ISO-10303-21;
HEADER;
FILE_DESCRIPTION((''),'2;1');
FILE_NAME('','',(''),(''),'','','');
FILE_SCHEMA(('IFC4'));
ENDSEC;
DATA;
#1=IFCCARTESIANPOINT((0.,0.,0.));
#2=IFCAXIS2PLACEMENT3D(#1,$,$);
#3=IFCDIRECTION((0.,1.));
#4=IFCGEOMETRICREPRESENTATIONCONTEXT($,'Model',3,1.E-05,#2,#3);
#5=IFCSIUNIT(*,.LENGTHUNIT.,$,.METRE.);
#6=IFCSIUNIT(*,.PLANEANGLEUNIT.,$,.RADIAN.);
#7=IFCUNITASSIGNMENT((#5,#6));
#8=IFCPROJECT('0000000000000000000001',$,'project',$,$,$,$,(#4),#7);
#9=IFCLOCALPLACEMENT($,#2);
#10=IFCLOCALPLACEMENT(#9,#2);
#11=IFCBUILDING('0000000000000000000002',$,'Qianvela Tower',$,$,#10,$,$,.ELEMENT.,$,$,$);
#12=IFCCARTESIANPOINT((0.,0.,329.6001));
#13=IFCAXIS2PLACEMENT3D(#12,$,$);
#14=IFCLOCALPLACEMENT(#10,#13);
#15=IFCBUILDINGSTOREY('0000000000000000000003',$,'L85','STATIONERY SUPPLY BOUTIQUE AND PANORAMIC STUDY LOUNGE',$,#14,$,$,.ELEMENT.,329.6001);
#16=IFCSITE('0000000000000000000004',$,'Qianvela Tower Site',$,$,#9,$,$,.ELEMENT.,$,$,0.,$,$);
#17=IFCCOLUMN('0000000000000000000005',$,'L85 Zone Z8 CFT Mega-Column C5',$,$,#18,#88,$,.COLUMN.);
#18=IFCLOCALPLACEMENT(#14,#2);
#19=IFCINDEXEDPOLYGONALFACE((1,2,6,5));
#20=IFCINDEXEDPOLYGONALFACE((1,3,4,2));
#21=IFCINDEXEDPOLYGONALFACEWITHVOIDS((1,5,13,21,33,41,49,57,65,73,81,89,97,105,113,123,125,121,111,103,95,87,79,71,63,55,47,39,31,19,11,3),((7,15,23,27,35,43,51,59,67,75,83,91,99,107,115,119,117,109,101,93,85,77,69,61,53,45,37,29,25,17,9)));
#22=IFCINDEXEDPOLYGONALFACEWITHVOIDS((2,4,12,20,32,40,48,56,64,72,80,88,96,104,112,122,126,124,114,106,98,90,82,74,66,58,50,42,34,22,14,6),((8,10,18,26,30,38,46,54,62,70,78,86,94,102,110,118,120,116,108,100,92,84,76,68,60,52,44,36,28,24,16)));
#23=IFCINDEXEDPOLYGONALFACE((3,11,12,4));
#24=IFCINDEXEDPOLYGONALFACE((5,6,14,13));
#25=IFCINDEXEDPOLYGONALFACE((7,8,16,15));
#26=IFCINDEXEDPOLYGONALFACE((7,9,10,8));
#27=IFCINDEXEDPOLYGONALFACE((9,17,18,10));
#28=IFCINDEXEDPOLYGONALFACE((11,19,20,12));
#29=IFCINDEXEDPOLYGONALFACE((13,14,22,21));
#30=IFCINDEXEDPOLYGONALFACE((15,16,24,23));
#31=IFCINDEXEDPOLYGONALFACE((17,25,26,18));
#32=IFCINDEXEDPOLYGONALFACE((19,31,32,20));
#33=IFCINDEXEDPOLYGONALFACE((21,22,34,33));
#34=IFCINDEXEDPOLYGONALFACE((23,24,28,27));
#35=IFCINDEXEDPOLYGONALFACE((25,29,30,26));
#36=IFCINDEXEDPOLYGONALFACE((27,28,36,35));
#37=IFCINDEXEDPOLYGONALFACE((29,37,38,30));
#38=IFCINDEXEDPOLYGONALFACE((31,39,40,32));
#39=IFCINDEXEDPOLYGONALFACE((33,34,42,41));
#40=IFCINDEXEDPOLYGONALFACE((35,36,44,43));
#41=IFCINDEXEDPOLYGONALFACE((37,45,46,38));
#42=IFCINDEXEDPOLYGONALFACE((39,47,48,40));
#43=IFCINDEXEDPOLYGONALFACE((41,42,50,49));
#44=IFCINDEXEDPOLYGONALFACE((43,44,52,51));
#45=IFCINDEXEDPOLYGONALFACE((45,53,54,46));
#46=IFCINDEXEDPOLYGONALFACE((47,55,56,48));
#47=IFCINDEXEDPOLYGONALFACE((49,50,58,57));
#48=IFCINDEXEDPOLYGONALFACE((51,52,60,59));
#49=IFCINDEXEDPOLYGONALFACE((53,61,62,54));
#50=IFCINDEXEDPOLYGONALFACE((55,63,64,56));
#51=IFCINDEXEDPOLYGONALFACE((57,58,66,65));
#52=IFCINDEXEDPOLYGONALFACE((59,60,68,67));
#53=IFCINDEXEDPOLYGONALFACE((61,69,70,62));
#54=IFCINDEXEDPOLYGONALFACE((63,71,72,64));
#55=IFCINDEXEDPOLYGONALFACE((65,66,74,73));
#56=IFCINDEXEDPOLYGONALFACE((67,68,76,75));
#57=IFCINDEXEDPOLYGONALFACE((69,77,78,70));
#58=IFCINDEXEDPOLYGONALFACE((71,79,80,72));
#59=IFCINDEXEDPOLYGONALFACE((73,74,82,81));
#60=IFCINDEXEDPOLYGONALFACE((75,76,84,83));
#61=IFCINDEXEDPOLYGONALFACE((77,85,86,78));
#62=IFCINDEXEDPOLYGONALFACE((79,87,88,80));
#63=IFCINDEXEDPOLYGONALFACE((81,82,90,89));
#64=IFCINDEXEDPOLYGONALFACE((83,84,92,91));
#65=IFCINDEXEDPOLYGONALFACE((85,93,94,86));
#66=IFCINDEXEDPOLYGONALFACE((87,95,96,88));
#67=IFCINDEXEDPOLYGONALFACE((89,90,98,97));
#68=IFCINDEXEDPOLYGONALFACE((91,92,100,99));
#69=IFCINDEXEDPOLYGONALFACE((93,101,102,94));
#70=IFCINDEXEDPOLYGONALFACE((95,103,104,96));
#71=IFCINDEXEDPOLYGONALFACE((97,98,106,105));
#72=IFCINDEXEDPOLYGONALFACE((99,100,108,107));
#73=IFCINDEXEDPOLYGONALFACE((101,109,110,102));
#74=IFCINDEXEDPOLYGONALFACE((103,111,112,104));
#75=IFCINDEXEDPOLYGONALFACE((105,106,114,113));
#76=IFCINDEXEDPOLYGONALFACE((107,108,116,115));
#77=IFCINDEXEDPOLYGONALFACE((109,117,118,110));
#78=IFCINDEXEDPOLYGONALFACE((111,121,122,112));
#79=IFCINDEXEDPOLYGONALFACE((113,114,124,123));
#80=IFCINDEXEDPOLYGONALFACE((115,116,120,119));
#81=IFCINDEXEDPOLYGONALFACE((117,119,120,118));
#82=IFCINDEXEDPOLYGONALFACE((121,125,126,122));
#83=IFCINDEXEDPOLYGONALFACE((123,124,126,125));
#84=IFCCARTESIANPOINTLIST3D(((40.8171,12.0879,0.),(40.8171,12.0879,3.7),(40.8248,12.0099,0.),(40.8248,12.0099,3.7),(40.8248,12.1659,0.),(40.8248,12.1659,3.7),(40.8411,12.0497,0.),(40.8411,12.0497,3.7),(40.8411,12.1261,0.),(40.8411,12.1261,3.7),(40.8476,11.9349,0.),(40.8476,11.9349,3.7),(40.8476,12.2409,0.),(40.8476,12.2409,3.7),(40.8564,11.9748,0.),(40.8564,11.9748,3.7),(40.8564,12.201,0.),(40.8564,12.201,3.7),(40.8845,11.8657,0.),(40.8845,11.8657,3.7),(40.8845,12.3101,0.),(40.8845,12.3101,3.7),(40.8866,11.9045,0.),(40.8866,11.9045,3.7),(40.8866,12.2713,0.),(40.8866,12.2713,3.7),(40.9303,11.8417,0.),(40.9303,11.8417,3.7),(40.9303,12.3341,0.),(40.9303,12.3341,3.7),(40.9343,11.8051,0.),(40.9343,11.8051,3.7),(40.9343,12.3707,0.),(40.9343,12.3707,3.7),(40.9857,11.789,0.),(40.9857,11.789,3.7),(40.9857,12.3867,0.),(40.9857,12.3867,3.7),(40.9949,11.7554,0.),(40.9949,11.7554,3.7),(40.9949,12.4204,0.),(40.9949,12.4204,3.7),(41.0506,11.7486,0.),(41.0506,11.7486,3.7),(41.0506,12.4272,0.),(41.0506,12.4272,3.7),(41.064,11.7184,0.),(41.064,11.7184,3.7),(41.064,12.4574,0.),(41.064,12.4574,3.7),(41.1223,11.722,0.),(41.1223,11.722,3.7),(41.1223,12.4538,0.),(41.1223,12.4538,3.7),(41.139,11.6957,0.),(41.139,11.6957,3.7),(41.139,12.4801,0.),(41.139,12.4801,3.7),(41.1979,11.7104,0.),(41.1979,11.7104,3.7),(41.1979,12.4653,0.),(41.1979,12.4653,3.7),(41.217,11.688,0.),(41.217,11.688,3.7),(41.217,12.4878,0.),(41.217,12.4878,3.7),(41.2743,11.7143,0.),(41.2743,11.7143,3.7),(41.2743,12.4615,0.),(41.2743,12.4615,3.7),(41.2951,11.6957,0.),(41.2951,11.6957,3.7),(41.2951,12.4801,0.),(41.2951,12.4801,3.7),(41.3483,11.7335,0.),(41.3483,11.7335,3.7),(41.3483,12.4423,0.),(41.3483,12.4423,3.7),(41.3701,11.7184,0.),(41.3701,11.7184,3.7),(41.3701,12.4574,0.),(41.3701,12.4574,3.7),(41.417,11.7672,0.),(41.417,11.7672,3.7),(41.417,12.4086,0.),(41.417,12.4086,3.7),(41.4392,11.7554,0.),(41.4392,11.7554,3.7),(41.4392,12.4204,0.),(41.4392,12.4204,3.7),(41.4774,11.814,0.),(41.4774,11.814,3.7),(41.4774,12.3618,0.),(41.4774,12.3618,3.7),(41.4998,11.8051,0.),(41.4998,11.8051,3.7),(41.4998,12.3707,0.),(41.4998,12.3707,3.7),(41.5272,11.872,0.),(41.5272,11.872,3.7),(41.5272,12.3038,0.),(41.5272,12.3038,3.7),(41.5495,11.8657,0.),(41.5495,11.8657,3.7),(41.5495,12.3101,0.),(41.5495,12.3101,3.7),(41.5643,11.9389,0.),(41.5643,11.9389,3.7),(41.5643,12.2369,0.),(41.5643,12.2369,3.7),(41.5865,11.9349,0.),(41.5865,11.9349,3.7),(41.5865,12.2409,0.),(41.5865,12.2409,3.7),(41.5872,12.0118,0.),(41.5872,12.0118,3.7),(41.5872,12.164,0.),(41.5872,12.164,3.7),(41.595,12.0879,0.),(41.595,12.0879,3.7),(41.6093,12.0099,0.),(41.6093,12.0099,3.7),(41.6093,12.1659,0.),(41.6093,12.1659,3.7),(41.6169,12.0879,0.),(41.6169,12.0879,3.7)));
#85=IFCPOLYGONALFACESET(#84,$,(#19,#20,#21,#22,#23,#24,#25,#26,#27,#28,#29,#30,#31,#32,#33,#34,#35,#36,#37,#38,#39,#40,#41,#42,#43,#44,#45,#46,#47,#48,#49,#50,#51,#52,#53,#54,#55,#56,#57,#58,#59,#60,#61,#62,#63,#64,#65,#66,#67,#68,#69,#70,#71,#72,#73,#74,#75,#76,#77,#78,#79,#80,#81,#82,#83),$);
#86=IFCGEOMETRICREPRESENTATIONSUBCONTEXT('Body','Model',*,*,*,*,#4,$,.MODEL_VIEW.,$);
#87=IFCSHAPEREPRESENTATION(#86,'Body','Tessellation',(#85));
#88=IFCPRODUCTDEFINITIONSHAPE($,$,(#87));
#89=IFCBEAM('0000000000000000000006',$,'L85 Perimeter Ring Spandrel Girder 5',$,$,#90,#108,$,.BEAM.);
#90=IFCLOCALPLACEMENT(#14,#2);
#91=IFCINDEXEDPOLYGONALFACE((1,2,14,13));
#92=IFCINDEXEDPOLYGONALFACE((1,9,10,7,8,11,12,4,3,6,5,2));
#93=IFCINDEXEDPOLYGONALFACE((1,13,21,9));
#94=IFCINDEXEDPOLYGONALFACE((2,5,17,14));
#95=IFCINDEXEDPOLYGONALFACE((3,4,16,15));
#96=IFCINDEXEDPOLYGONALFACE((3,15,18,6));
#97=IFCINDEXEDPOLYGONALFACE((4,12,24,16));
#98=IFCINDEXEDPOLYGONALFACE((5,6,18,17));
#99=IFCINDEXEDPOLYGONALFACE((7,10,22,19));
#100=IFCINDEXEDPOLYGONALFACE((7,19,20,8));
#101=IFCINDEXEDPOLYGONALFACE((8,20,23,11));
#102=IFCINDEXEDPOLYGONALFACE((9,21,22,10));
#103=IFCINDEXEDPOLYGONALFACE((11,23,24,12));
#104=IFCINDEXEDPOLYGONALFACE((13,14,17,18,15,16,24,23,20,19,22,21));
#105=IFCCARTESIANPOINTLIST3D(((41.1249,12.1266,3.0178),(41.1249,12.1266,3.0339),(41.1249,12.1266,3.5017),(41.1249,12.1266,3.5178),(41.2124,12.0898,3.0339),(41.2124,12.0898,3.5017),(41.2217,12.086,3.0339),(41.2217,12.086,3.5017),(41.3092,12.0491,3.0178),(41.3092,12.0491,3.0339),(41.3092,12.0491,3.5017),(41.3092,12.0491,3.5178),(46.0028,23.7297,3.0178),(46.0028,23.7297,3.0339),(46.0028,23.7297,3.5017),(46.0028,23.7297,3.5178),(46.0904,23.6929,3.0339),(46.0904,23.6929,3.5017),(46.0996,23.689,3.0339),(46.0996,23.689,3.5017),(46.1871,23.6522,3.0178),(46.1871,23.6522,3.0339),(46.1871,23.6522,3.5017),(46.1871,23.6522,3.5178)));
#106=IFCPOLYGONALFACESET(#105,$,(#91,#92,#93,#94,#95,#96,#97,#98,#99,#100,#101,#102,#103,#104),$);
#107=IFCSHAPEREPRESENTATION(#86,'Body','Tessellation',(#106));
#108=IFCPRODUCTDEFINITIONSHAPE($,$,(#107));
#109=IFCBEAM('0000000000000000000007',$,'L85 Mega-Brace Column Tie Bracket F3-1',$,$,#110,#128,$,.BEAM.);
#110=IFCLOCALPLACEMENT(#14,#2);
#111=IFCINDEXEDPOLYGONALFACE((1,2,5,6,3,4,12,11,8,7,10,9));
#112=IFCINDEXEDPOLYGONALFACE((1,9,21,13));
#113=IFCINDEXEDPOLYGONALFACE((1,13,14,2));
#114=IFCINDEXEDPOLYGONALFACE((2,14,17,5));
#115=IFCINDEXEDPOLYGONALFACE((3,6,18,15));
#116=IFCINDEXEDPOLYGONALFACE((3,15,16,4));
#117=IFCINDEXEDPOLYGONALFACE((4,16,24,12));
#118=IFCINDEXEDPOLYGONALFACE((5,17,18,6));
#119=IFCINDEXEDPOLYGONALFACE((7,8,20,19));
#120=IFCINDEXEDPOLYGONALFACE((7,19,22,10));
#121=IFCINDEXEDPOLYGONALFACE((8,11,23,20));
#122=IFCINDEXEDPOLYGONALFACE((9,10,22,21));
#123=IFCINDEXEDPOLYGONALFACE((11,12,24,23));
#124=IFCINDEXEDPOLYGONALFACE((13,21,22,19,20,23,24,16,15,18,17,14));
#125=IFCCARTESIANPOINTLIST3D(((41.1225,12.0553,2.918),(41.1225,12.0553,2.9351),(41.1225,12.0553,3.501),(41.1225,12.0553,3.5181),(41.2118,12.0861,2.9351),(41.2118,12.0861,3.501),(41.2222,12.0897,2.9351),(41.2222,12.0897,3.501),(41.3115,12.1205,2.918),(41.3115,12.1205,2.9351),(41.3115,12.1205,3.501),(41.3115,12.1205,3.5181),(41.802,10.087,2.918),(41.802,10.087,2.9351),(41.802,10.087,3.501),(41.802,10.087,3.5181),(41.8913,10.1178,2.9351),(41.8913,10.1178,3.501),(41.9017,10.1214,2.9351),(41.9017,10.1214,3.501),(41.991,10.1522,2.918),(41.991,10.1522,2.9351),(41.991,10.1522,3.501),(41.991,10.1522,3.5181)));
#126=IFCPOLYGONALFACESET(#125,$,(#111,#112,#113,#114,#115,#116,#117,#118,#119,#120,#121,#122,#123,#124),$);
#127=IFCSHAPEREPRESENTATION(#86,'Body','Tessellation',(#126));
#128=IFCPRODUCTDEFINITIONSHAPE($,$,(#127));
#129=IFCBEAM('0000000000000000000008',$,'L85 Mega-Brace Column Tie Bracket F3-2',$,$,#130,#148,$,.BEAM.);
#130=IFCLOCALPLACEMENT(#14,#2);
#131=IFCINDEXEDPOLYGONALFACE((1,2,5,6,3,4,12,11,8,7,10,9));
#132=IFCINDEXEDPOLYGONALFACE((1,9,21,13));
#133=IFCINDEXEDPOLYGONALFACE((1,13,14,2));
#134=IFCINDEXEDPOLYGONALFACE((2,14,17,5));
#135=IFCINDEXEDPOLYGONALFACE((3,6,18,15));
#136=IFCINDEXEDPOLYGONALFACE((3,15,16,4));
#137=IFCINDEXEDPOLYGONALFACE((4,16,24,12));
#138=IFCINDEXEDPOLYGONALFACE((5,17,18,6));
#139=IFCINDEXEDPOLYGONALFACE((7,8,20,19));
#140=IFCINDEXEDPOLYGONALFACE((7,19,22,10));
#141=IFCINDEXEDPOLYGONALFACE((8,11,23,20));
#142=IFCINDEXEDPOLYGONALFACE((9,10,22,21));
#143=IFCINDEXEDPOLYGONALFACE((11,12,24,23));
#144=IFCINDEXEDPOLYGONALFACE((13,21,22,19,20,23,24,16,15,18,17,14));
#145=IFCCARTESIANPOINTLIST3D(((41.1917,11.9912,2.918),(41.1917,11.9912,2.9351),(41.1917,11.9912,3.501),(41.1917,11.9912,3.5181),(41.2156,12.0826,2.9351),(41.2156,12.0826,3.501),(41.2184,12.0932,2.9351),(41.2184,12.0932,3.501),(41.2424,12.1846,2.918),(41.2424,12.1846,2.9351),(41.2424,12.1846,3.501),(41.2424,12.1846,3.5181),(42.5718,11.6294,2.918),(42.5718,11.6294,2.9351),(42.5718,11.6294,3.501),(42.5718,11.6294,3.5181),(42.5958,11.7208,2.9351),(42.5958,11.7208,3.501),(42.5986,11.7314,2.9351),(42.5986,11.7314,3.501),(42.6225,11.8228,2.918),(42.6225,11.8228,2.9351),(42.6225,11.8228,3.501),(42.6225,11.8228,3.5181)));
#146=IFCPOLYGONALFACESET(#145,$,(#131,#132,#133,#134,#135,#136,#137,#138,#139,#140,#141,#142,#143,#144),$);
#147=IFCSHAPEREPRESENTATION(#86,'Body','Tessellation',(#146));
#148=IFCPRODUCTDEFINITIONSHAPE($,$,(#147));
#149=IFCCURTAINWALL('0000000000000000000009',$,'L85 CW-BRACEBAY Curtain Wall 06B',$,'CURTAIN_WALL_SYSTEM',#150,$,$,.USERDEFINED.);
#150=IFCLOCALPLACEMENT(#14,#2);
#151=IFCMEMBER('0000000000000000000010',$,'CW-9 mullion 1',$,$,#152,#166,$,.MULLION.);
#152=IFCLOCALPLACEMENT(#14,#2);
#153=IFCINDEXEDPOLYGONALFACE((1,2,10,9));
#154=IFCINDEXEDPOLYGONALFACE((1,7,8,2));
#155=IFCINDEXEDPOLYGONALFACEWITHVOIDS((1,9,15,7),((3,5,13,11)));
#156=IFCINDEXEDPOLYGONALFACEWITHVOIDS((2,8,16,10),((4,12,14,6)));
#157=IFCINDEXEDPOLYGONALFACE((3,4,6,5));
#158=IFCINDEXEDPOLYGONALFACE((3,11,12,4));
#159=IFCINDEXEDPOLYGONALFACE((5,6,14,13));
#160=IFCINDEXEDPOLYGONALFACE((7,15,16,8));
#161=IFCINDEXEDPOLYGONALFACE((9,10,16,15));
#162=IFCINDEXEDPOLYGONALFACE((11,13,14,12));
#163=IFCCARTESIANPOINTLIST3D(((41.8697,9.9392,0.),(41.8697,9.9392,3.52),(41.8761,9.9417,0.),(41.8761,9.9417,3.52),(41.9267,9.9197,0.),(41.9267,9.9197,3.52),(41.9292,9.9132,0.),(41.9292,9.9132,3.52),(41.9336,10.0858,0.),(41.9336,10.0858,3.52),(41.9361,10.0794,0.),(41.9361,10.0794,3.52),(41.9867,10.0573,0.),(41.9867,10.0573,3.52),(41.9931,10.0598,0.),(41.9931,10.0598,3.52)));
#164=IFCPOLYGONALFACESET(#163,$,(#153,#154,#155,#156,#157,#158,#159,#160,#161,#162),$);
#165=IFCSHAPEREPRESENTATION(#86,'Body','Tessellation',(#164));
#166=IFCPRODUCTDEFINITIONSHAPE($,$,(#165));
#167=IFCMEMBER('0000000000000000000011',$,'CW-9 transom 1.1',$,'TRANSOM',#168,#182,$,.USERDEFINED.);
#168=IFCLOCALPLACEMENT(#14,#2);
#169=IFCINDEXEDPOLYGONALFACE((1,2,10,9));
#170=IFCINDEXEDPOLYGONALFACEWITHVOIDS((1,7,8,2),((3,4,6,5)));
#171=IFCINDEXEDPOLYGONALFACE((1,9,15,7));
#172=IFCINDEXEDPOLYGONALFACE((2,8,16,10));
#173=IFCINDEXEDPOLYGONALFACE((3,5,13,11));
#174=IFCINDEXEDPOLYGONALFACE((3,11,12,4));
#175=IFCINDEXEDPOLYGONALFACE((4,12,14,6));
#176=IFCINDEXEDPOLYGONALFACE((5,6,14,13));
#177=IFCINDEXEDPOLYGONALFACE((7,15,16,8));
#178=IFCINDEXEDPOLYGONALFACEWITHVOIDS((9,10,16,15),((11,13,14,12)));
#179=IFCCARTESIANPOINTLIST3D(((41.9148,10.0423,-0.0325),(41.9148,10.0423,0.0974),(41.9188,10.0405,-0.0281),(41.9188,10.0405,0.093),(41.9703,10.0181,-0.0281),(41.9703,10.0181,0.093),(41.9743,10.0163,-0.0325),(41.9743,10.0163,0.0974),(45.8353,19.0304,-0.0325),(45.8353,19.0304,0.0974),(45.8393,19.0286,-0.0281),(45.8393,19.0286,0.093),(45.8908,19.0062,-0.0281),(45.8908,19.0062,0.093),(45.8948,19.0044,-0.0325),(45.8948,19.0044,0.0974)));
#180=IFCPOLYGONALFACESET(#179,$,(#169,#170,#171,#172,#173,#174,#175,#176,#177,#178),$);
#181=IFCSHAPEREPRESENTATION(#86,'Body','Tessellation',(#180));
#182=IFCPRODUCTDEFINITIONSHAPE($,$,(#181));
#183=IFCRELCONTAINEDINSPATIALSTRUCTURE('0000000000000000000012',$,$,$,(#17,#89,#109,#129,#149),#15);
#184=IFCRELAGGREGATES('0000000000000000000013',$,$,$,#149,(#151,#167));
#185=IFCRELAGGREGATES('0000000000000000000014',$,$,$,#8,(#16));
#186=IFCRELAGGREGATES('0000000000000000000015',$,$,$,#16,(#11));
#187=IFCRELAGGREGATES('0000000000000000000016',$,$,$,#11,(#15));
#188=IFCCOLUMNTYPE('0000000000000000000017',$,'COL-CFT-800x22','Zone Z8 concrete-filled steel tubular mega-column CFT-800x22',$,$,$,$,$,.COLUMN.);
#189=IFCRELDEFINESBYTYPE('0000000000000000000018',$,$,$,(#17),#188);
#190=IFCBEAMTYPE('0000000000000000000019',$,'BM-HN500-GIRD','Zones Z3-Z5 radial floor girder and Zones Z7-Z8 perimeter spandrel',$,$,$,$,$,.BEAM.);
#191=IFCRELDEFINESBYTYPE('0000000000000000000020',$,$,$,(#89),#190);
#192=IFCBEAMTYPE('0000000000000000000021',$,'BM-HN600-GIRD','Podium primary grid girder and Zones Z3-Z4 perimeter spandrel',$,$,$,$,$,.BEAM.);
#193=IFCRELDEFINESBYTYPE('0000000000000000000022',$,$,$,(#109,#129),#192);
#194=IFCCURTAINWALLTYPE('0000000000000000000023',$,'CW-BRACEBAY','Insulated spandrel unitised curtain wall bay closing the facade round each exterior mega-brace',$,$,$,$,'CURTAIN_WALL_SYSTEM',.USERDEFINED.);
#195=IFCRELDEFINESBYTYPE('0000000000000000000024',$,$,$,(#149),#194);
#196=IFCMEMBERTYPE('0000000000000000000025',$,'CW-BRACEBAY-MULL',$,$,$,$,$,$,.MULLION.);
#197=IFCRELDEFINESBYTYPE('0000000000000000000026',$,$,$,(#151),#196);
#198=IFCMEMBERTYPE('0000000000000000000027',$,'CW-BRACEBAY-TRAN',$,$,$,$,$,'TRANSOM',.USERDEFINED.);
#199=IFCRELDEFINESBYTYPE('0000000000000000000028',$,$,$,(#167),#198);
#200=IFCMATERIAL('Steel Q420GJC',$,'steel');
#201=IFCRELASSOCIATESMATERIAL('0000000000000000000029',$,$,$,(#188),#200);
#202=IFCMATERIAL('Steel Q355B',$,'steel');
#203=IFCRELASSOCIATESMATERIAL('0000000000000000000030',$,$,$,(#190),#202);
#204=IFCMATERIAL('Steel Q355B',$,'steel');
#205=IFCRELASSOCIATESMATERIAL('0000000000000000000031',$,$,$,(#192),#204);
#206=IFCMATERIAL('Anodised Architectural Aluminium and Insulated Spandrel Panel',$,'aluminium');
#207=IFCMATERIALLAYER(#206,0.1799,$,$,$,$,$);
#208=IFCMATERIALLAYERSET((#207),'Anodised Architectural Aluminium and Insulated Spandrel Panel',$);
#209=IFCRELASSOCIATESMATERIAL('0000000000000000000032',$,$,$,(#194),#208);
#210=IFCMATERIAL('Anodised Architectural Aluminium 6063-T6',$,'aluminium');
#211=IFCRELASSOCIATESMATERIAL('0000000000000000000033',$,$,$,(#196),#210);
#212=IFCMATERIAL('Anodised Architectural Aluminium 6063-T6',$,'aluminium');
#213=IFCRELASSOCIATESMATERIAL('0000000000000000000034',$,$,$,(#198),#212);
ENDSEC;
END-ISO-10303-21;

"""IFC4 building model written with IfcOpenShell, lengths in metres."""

from ifc_helpers import new_model, si_unit, direction, frame, origin, origin_2d, place, context, subcontext, project, spatial, hollow_rectangle, hollow_circle, i_section, extrude, material, layer, layer_set, material_profile, profile_set, type_object, element, aggregate, save


model = new_model("IFC4")

# Units and contexts
model_context = context("Model", 3, precision=1e-05, world=origin(), true_north=direction((0.0, 1.0)))
body_context = subcontext(model_context, "Body", "Model", "MODEL_VIEW")
ifc_project = project(units=[si_unit("LENGTHUNIT", "METRE"), si_unit("PLANEANGLEUNIT", "RADIAN")], contexts=[model_context])

# Site, building, storey
site_placement = place(None, origin())
site = spatial("IfcSite", under=ifc_project, at=site_placement, Name="Qianvela Tower Site", CompositionType="ELEMENT", RefElevation=0.0)
building_placement = place(site_placement, origin())
building = spatial("IfcBuilding", under=site, at=building_placement, Name="Qianvela Tower", CompositionType="ELEMENT")
storey_placement = place(building_placement, frame((0.0, 0.0, 329.6001)))
storey = spatial("IfcBuildingStorey", under=building, at=storey_placement, Name="L85", Description="STATIONERY SUPPLY BOUTIQUE AND PANORAMIC STUDY LOUNGE", CompositionType="ELEMENT", Elevation=329.6001)

# Column
ifc_material_1 = material(Name="Steel Q420GJC", Category="steel")
ifc_material_profile_1 = material_profile(ifc_material_1, hollow_circle(Radius=0.3999, WallThickness=0.022, at=origin_2d()), Name="CFT-800x22")
ifc_profile_set_1 = profile_set([ifc_material_profile_1], Name="Steel Q420GJC")
column_type = type_object("IfcColumnType", Name="COL-CFT-800x22", Description="Zone Z8 concrete-filled steel tubular mega-column CFT-800x22", PredefinedType="COLUMN", material=ifc_profile_set_1)
column_placement = place(storey_placement, frame((41.217, 12.0879, 0.0), z_axis=(0.0, 0.0, 1.0), x_axis=(1.0, 0.0, 0.0)))
element("IfcColumn", 1, at=column_placement, inside=storey, type_object=column_type, Name="L85 Zone Z8 CFT Mega-Column C5", PredefinedType="COLUMN", context=body_context, shape_type="SweptSolid", body=[
    extrude(hollow_circle(Radius=0.3999, WallThickness=0.022, at=origin_2d()), origin(), (0.0, 0.0, 1.0), 3.7),
])

# Beams
ifc_material_2 = material(Name="Steel Q355B", Category="steel")
ifc_material_profile_2 = material_profile(ifc_material_2, i_section(OverallWidth=0.2, OverallDepth=0.5, WebThickness=0.01, FlangeThickness=0.0161, at=origin_2d()), Name="HN500x200x10x16")
ifc_profile_set_2 = profile_set([ifc_material_profile_2], Name="Steel Q355B")
beam_type_1 = type_object("IfcBeamType", Name="BM-HN500-GIRD", Description="Zones Z3-Z5 radial floor girder and Zones Z7-Z8 perimeter spandrel", PredefinedType="BEAM", material=ifc_profile_set_2)
beam_1_placement = place(storey_placement, frame((41.217, 12.0879, 3.2678), z_axis=(0.387547, 0.92185, 0.0), x_axis=(-0.92185, 0.387547, 0.0)))
element("IfcBeam", 2, at=beam_1_placement, inside=storey, type_object=beam_type_1, Name="L85 Perimeter Ring Spandrel Girder 5", PredefinedType="BEAM", context=body_context, shape_type="SweptSolid", body=[
    extrude(i_section(OverallWidth=0.2, OverallDepth=0.5, WebThickness=0.01, FlangeThickness=0.0161, at=origin_2d()), origin(), (0.0, 0.0, 1.0), 12.5867),
])
ifc_material_3 = material(Name="Steel Q355B", Category="steel")
ifc_material_profile_3 = material_profile(ifc_material_3, i_section(OverallWidth=0.2, OverallDepth=0.6001, WebThickness=0.011, FlangeThickness=0.0171, at=origin_2d()), Name="HN600x200x11x17")
ifc_profile_set_3 = profile_set([ifc_material_profile_3], Name="Steel Q355B")
beam_type_2 = type_object("IfcBeamType", Name="BM-HN600-GIRD", Description="Podium primary grid girder and Zones Z3-Z4 perimeter spandrel", PredefinedType="BEAM", material=ifc_profile_set_3)
beam_2_placement = place(storey_placement, frame((41.217, 12.0879, 3.218), z_axis=(0.326305, -0.945265, 0.0), x_axis=(0.945265, 0.326305, 0.0)))
element("IfcBeam", 3, at=beam_2_placement, inside=storey, type_object=beam_type_2, Name="L85 Mega-Brace Column Tie Bracket F3-1", PredefinedType="BEAM", context=body_context, shape_type="SweptSolid", body=[
    extrude(i_section(OverallWidth=0.2, OverallDepth=0.6001, WebThickness=0.011, FlangeThickness=0.0171, at=origin_2d()), origin(), (0.0, 0.0, 1.0), 2.0823),
])
beam_3_placement = place(storey_placement, frame((41.217, 12.0879, 3.218), z_axis=(0.967311, -0.253592, 0.0), x_axis=(0.253592, 0.967311, 0.0)))
element("IfcBeam", 4, at=beam_3_placement, inside=storey, type_object=beam_type_2, Name="L85 Mega-Brace Column Tie Bracket F3-2", PredefinedType="BEAM", context=body_context, shape_type="SweptSolid", body=[
    extrude(i_section(OverallWidth=0.2, OverallDepth=0.6001, WebThickness=0.011, FlangeThickness=0.0171, at=origin_2d()), origin(), (0.0, 0.0, 1.0), 1.4268),
])

# Curtain wall, members
ifc_material_4 = material(Name="Anodised Architectural Aluminium and Insulated Spandrel Panel", Category="aluminium")
ifc_layer_1 = layer(ifc_material_4, 0.1799)
ifc_layer_set_1 = layer_set([ifc_layer_1], Name="Anodised Architectural Aluminium and Insulated Spandrel Panel")
curtain_wall_type_1 = type_object("IfcCurtainWallType", Name="CW-BRACEBAY", Description="Insulated spandrel unitised curtain wall bay closing the facade round each exterior mega-brace", ElementType="CURTAIN_WALL_SYSTEM", PredefinedType="USERDEFINED", material=ifc_layer_set_1)
curtain_wall_1_placement = place(storey_placement, origin())
curtain_wall_1 = element("IfcCurtainWall", 5, at=curtain_wall_1_placement, inside=storey, type_object=curtain_wall_type_1, Name="L85 CW-BRACEBAY Curtain Wall 06B", ObjectType="CURTAIN_WALL_SYSTEM", PredefinedType="USERDEFINED")
ifc_material_5 = material(Name="Anodised Architectural Aluminium 6063-T6", Category="aluminium")
ifc_material_profile_4 = material_profile(ifc_material_5, hollow_rectangle(XDim=0.0649, YDim=0.1599, WallThickness=0.0049, at=origin_2d()), Name="ALU-MULL-65x160")
ifc_profile_set_4 = profile_set([ifc_material_profile_4], Name="Anodised Architectural Aluminium 6063-T6")
member_type_1 = type_object("IfcMemberType", Name="CW-BRACEBAY-MULL", PredefinedType="MULLION", material=ifc_profile_set_4)
member_1_placement = place(storey_placement, frame((41.9314, 9.9995, 0.0), z_axis=(0.0, 0.0, 1.0), x_axis=(-0.916593, 0.399821, 0.0)))
member_1 = element("IfcMember", 6, at=member_1_placement, type_object=member_type_1, Name="CW-9 mullion 1", PredefinedType="MULLION", context=body_context, shape_type="SweptSolid", body=[
    extrude(hollow_rectangle(XDim=0.0649, YDim=0.1599, WallThickness=0.0049, at=origin_2d()), origin(), (0.0, 0.0, 1.0), 3.52),
])
ifc_material_6 = material(Name="Anodised Architectural Aluminium 6063-T6", Category="aluminium")
ifc_material_profile_5 = material_profile(ifc_material_6, hollow_rectangle(XDim=0.0649, YDim=0.1299, WallThickness=0.0044, at=origin_2d()), Name="ALU-TRAN-65x130")
ifc_profile_set_5 = profile_set([ifc_material_profile_5], Name="Anodised Architectural Aluminium 6063-T6")
member_type_2 = type_object("IfcMemberType", Name="CW-BRACEBAY-TRAN", ElementType="TRANSOM", PredefinedType="USERDEFINED", material=ifc_profile_set_5)
member_2_placement = place(storey_placement, frame((41.9446, 10.0293, 0.0325), z_axis=(0.399804, 0.916601, 0.0), x_axis=(-0.916601, 0.399804, 0.0)))
member_2 = element("IfcMember", 7, at=member_2_placement, type_object=member_type_2, Name="CW-9 transom 1.1", ObjectType="TRANSOM", PredefinedType="USERDEFINED", context=body_context, shape_type="SweptSolid", body=[
    extrude(hollow_rectangle(XDim=0.0649, YDim=0.1299, WallThickness=0.0044, at=origin_2d()), origin(), (0.0, 0.0, 1.0), 9.8059),
])

aggregate(curtain_wall_1, [member_1, member_2])

save(model, "model.ifc")
